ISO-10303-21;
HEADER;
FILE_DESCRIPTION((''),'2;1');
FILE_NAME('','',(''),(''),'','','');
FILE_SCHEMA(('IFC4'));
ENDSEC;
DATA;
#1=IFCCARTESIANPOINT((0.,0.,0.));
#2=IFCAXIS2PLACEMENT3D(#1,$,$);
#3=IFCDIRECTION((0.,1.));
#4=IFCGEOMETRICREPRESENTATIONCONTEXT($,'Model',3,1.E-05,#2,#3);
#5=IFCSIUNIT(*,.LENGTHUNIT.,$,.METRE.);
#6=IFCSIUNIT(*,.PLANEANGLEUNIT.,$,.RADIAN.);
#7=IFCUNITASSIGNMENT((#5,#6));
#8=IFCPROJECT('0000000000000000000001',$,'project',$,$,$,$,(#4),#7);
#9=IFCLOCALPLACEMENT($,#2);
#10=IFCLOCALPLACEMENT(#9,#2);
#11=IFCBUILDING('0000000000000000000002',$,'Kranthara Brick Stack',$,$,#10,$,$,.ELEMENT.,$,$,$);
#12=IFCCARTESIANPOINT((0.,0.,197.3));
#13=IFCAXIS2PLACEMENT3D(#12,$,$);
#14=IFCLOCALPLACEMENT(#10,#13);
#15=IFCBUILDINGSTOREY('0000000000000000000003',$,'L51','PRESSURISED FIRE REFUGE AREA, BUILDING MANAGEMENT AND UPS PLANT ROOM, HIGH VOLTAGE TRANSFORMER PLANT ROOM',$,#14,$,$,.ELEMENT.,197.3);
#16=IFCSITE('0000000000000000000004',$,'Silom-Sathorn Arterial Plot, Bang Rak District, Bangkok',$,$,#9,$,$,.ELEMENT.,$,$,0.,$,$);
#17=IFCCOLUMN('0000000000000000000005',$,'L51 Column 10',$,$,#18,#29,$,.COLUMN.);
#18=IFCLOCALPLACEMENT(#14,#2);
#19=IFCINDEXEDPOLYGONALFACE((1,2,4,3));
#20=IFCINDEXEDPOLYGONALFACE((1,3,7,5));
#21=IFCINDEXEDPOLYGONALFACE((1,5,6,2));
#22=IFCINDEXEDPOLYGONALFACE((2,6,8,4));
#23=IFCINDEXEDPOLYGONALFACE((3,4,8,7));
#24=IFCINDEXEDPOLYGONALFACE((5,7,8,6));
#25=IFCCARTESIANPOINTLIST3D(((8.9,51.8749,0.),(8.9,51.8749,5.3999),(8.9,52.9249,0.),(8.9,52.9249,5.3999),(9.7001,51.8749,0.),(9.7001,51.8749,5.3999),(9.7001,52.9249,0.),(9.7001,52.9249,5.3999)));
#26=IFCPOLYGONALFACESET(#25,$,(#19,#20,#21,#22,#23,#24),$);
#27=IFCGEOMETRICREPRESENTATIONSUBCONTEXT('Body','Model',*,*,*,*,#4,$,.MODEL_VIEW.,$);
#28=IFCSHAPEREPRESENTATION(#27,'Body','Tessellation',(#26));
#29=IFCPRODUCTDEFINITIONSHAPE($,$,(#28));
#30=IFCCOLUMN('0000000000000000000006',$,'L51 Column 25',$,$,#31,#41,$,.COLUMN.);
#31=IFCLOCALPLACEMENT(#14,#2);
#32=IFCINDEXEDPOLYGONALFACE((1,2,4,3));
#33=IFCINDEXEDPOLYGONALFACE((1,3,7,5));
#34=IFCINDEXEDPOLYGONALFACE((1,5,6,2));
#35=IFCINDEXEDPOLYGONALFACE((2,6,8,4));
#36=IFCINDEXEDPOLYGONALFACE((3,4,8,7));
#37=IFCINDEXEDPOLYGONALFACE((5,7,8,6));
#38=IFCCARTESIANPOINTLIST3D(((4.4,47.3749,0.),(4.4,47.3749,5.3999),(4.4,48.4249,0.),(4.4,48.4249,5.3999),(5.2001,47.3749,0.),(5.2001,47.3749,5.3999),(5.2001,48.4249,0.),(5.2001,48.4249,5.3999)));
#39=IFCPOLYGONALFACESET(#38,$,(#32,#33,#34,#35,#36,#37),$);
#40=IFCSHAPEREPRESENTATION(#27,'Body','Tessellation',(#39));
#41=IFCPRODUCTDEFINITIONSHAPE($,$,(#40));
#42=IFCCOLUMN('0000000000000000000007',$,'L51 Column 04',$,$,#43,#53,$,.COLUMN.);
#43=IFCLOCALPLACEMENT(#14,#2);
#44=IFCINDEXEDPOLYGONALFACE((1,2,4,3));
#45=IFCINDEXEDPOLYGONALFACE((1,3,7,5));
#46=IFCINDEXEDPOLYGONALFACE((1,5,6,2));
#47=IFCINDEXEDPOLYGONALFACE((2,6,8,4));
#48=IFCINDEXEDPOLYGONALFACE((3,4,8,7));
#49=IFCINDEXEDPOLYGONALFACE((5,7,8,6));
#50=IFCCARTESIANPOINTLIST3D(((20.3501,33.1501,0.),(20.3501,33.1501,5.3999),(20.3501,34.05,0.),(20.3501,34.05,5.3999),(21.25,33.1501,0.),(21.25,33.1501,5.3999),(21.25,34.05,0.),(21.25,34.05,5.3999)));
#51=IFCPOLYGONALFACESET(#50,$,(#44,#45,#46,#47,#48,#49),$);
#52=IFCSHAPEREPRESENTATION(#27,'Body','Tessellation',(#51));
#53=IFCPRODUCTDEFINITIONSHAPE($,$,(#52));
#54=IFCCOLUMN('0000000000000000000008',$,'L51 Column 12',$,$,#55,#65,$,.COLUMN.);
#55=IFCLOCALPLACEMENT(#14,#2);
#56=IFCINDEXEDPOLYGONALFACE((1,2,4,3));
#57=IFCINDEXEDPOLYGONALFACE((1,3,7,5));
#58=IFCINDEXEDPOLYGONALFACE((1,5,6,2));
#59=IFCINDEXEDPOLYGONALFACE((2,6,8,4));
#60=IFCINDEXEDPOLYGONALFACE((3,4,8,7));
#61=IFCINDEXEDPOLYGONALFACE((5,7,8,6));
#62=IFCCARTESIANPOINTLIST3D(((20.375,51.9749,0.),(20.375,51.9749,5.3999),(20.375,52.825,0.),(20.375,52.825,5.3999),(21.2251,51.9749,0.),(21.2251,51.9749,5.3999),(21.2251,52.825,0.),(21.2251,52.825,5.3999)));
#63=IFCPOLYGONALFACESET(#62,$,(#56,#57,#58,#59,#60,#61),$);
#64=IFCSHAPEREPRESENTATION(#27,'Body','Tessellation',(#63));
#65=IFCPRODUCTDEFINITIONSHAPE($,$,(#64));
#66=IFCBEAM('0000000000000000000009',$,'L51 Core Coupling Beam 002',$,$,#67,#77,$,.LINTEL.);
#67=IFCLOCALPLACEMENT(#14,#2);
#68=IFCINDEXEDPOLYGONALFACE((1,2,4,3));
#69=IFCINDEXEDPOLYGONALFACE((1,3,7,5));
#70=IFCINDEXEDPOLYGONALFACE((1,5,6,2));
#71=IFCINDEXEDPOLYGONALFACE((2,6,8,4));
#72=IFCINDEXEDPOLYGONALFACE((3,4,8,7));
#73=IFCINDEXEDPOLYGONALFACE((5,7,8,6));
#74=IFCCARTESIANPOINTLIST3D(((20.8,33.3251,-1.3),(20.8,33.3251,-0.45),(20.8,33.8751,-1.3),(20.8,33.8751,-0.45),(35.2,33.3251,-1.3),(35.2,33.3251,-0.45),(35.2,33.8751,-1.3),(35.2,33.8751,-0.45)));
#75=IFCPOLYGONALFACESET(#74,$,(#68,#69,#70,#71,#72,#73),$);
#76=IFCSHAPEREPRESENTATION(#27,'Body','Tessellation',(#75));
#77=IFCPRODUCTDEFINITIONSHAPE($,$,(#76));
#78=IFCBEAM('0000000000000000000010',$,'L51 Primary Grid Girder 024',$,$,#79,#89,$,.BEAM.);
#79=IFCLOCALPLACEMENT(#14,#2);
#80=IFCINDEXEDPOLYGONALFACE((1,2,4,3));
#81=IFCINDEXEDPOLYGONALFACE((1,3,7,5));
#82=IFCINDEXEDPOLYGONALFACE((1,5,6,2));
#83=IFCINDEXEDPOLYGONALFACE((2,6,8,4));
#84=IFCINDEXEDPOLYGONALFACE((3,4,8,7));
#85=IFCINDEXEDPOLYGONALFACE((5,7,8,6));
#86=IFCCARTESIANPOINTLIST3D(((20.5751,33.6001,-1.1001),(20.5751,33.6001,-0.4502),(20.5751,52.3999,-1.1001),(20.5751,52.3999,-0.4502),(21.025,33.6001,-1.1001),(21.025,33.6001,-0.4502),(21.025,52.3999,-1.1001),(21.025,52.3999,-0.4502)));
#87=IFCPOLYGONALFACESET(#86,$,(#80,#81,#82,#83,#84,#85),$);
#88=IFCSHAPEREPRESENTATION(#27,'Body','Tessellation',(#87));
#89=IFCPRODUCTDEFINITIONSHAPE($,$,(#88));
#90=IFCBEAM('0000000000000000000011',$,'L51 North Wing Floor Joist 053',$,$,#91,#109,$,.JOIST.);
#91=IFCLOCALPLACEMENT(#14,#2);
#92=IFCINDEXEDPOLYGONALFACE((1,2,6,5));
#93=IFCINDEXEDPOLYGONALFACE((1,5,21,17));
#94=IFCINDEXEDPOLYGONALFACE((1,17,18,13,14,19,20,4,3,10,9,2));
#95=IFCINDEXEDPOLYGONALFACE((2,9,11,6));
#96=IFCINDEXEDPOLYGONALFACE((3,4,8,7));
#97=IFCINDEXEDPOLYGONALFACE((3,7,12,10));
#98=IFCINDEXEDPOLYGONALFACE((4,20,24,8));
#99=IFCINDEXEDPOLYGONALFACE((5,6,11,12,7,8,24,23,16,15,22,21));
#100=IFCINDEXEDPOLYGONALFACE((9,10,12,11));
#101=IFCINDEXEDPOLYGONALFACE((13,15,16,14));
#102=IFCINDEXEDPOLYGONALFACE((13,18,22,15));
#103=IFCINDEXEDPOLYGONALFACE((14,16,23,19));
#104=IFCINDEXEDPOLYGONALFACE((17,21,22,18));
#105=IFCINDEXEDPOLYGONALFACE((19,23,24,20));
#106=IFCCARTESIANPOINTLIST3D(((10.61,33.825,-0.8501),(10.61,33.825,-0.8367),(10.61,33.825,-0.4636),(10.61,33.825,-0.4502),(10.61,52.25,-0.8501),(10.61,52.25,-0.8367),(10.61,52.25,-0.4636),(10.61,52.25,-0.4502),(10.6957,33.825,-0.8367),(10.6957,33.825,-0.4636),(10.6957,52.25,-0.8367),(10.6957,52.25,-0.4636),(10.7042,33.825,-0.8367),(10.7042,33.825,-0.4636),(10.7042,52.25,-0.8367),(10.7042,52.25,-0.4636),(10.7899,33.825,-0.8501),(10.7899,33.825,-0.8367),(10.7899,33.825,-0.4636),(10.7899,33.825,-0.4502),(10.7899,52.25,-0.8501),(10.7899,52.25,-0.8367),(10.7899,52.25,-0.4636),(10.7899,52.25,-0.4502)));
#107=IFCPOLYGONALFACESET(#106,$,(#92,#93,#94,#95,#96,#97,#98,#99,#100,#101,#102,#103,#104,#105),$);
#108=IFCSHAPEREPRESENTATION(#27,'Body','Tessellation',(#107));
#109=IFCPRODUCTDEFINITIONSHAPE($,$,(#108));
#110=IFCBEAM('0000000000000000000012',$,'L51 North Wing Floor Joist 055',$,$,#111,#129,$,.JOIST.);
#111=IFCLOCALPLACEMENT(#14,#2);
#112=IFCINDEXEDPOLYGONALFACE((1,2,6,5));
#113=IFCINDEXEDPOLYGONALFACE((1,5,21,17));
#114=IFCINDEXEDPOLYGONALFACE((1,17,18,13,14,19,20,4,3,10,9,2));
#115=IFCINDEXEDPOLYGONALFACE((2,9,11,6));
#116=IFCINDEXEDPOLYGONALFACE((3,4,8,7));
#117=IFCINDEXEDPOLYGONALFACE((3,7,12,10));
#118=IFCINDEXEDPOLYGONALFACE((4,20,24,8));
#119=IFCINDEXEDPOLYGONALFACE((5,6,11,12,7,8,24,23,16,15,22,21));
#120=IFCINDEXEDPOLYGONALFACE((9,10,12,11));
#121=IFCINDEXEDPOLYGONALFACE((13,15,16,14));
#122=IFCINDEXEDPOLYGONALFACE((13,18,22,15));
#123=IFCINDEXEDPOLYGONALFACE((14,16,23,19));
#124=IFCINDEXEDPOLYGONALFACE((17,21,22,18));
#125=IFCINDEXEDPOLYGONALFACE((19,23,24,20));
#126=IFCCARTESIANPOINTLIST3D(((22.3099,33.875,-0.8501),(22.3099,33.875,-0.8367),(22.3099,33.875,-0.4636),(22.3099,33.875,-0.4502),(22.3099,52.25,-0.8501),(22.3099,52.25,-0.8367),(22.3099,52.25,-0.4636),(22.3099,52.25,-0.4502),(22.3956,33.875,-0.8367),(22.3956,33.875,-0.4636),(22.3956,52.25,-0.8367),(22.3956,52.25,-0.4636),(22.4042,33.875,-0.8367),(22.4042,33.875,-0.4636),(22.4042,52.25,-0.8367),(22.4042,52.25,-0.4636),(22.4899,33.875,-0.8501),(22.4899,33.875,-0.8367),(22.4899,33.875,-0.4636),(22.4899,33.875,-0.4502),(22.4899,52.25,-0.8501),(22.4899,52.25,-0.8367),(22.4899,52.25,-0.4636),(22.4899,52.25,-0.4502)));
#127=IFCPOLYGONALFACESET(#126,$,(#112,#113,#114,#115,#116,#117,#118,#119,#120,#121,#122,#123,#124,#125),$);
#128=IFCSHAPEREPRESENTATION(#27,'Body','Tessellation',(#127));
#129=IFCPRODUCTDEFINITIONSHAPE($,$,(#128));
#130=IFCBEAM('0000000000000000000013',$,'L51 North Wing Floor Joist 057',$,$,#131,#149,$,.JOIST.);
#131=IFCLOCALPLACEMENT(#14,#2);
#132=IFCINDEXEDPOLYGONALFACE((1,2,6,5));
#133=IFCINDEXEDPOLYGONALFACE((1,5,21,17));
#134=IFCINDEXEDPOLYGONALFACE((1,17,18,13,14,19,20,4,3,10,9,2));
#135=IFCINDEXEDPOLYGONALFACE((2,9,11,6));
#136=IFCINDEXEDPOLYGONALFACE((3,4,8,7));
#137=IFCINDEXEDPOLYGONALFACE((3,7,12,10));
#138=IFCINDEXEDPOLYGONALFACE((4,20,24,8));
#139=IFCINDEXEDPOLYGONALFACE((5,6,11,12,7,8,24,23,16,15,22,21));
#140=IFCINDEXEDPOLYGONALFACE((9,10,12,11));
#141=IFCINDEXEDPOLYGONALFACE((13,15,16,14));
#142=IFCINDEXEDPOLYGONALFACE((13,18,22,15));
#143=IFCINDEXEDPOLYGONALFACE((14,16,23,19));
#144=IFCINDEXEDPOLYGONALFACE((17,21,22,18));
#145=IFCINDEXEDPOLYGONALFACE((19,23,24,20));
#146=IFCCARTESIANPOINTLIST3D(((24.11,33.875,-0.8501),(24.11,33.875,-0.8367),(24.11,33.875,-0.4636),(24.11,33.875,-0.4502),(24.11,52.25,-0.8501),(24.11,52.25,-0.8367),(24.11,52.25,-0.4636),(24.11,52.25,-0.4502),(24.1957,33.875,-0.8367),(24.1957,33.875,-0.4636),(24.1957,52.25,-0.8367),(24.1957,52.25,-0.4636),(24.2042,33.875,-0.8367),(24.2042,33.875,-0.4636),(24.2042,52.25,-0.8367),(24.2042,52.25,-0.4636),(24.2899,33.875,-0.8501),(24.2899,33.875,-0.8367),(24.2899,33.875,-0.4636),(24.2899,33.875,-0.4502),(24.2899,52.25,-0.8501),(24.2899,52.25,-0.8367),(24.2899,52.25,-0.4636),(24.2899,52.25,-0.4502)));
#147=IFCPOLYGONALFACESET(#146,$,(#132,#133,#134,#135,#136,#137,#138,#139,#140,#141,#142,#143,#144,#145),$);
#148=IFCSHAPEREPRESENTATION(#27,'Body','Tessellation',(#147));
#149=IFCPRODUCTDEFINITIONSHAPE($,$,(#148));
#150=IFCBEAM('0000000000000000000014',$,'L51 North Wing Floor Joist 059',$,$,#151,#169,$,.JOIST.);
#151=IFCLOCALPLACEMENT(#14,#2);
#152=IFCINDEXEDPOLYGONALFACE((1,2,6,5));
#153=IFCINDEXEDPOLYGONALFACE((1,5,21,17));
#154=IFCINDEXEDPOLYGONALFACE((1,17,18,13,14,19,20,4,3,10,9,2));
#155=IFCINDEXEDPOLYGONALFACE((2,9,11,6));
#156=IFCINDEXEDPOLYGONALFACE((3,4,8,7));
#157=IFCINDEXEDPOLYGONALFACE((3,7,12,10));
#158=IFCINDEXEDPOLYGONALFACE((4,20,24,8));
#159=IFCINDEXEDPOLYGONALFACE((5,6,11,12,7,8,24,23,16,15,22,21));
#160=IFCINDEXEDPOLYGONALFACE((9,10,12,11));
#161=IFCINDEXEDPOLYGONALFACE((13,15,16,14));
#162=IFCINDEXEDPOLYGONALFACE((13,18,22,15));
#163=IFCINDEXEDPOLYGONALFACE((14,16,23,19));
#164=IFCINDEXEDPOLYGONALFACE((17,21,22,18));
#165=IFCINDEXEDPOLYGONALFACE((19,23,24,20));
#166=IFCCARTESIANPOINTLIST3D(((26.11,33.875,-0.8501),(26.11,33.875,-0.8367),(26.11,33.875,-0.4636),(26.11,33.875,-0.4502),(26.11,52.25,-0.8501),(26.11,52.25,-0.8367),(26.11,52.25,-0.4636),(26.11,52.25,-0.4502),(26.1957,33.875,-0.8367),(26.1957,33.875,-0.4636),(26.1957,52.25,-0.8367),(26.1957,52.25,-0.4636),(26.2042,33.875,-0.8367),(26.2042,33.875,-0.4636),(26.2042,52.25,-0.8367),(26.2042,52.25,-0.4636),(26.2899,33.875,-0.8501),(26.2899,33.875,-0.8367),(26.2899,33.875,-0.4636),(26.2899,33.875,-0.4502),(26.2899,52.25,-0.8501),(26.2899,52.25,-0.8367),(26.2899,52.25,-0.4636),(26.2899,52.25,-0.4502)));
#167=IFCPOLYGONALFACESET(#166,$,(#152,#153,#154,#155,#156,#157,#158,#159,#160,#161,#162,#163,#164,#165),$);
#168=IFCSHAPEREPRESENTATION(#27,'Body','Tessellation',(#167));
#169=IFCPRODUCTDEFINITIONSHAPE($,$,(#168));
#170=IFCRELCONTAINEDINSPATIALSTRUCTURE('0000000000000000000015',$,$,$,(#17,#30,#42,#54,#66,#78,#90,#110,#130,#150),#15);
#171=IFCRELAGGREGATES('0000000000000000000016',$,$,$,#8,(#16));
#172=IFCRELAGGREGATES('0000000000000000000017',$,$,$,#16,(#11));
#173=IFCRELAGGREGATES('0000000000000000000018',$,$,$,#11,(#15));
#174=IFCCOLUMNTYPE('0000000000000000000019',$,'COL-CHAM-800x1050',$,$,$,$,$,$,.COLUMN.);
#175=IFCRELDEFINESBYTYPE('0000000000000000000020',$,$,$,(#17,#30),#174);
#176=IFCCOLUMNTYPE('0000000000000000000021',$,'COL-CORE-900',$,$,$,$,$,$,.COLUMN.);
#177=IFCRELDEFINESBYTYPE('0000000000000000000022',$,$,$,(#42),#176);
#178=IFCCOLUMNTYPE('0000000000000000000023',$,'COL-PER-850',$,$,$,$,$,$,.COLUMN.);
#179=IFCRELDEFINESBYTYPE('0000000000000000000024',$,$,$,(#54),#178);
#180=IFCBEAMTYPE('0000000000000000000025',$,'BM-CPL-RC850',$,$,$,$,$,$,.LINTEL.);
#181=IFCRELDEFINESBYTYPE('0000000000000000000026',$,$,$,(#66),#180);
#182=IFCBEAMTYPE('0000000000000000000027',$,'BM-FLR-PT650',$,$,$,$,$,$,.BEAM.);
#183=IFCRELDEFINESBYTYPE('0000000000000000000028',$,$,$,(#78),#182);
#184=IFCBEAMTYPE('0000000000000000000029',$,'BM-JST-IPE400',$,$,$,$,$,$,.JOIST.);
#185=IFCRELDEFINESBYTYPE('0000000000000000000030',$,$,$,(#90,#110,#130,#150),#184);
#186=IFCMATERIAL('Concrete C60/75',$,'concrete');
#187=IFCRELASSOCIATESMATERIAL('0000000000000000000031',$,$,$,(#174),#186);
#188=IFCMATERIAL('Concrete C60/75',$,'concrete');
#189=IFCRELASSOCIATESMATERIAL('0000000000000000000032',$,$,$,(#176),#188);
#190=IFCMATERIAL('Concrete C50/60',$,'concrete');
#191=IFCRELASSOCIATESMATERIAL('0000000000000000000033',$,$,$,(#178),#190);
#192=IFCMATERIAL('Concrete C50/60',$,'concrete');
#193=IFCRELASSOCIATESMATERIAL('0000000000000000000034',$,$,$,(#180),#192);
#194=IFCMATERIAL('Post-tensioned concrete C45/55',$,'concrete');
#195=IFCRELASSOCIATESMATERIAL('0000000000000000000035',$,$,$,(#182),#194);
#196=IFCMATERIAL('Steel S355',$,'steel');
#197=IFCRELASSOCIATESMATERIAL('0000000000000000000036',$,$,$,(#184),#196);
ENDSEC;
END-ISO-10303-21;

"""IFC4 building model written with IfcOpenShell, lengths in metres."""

from ifc_helpers import new_model, si_unit, direction, frame, origin, origin_2d, place, context, subcontext, project, spatial, rectangle, i_section, extrude, material, material_profile, profile_set, type_object, element, save


model = new_model("IFC4")

# Units and contexts
model_context = context("Model", 3, precision=1e-05, world=origin(), true_north=direction((0.0, 1.0)))
body_context = subcontext(model_context, "Body", "Model", "MODEL_VIEW")
ifc_project = project(units=[si_unit("LENGTHUNIT", "METRE"), si_unit("PLANEANGLEUNIT", "RADIAN")], contexts=[model_context])

# Site, building, storey
site_placement = place(None, origin())
site = spatial("IfcSite", under=ifc_project, at=site_placement, Name="Silom-Sathorn Arterial Plot, Bang Rak District, Bangkok", CompositionType="ELEMENT", RefElevation=0.0)
building_placement = place(site_placement, origin())
building = spatial("IfcBuilding", under=site, at=building_placement, Name="Kranthara Brick Stack", CompositionType="ELEMENT")
storey_placement = place(building_placement, frame((0.0, 0.0, 197.3)))
storey = spatial("IfcBuildingStorey", under=building, at=storey_placement, Name="L51", Description="PRESSURISED FIRE REFUGE AREA, BUILDING MANAGEMENT AND UPS PLANT ROOM, HIGH VOLTAGE TRANSFORMER PLANT ROOM", CompositionType="ELEMENT", Elevation=197.3)

# Columns
ifc_material_1 = material(Name="Concrete C60/75", Category="concrete")
ifc_material_profile_1 = material_profile(ifc_material_1, rectangle(XDim=0.8, YDim=1.05, at=origin_2d()), Name="RC 800x1050")
ifc_profile_set_1 = profile_set([ifc_material_profile_1], Name="Concrete C60/75")
column_type_1 = type_object("IfcColumnType", Name="COL-CHAM-800x1050", PredefinedType="COLUMN", material=ifc_profile_set_1)
for number, where, z_axis, x_axis, name in (
    (1, (9.3, 52.3999, 0.0), (0.0, 0.0, 1.0), (1.0, 0.0, 0.0), "L51 Column 10"),
    (2, (4.8, 47.8999, 0.0), (0.0, 0.0, 1.0), (1.0, 0.0, 0.0), "L51 Column 25"),
):
    element("IfcColumn", number, at=place(storey_placement, frame(where, z_axis=z_axis, x_axis=x_axis)), inside=storey, type_object=column_type_1, Name=name, PredefinedType="COLUMN", context=body_context, shape_type="SweptSolid", body=[
        extrude(rectangle(XDim=0.8, YDim=1.05, at=origin_2d()), origin(), (0.0, 0.0, 1.0), 5.3999),
    ])
ifc_material_2 = material(Name="Concrete C60/75", Category="concrete")
ifc_material_profile_2 = material_profile(ifc_material_2, rectangle(XDim=0.8999, YDim=0.8999, at=origin_2d()), Name="RC 900x900")
ifc_profile_set_2 = profile_set([ifc_material_profile_2], Name="Concrete C60/75")
column_type_2 = type_object("IfcColumnType", Name="COL-CORE-900", PredefinedType="COLUMN", material=ifc_profile_set_2)
column_1_placement = place(storey_placement, frame((20.8, 33.6001, 0.0), z_axis=(0.0, 0.0, 1.0), x_axis=(1.0, 0.0, 0.0)))
element("IfcColumn", 3, at=column_1_placement, inside=storey, type_object=column_type_2, Name="L51 Column 04", PredefinedType="COLUMN", context=body_context, shape_type="SweptSolid", body=[
    extrude(rectangle(XDim=0.8999, YDim=0.8999, at=origin_2d()), origin(), (0.0, 0.0, 1.0), 5.3999),
])
ifc_material_3 = material(Name="Concrete C50/60", Category="concrete")
ifc_material_profile_3 = material_profile(ifc_material_3, rectangle(XDim=0.8501, YDim=0.8501, at=origin_2d()), Name="RC 850x850")
ifc_profile_set_3 = profile_set([ifc_material_profile_3], Name="Concrete C50/60")
column_type_3 = type_object("IfcColumnType", Name="COL-PER-850", PredefinedType="COLUMN", material=ifc_profile_set_3)
column_2_placement = place(storey_placement, frame((20.8, 52.3999, 0.0), z_axis=(0.0, 0.0, 1.0), x_axis=(1.0, 0.0, 0.0)))
element("IfcColumn", 4, at=column_2_placement, inside=storey, type_object=column_type_3, Name="L51 Column 12", PredefinedType="COLUMN", context=body_context, shape_type="SweptSolid", body=[
    extrude(rectangle(XDim=0.8501, YDim=0.8501, at=origin_2d()), origin(), (0.0, 0.0, 1.0), 5.3999),
])

# Beams
ifc_material_4 = material(Name="Concrete C50/60", Category="concrete")
ifc_material_profile_4 = material_profile(ifc_material_4, rectangle(XDim=0.55, YDim=0.8501, at=origin_2d()), Name="RC 550x850")
ifc_profile_set_4 = profile_set([ifc_material_profile_4], Name="Concrete C50/60")
beam_type_1 = type_object("IfcBeamType", Name="BM-CPL-RC850", PredefinedType="LINTEL", material=ifc_profile_set_4)
beam_1_placement = place(storey_placement, frame((20.8, 33.6001, -0.875), z_axis=(1.0, 0.0, 0.0), x_axis=(0.0, 1.0, 0.0)))
element("IfcBeam", 5, at=beam_1_placement, inside=storey, type_object=beam_type_1, Name="L51 Core Coupling Beam 002", PredefinedType="LINTEL", context=body_context, shape_type="SweptSolid", body=[
    extrude(rectangle(XDim=0.55, YDim=0.8501, at=origin_2d()), origin(), (0.0, 0.0, 1.0), 14.3999),
])
ifc_material_5 = material(Name="Post-tensioned concrete C45/55", Category="concrete")
ifc_material_profile_5 = material_profile(ifc_material_5, rectangle(XDim=0.45, YDim=0.6499, at=origin_2d()), Name="PT 450x650")
ifc_profile_set_5 = profile_set([ifc_material_profile_5], Name="Post-tensioned concrete C45/55")
beam_type_2 = type_object("IfcBeamType", Name="BM-FLR-PT650", PredefinedType="BEAM", material=ifc_profile_set_5)
beam_2_placement = place(storey_placement, frame((20.8, 33.6001, -0.7751), z_axis=(0.0, 1.0, 0.0), x_axis=(-1.0, 0.0, 0.0)))
element("IfcBeam", 6, at=beam_2_placement, inside=storey, type_object=beam_type_2, Name="L51 Primary Grid Girder 024", PredefinedType="BEAM", context=body_context, shape_type="SweptSolid", body=[
    extrude(rectangle(XDim=0.45, YDim=0.6499, at=origin_2d()), origin(), (0.0, 0.0, 1.0), 18.7998),
])
ifc_material_6 = material(Name="Steel S355", Category="steel")
ifc_material_profile_6 = material_profile(ifc_material_6, i_section(OverallWidth=0.1799, OverallDepth=0.3999, WebThickness=0.0085, FlangeThickness=0.0134, at=origin_2d()), Name="IPE 400")
ifc_profile_set_6 = profile_set([ifc_material_profile_6], Name="Steel S355")
beam_type_3 = type_object("IfcBeamType", Name="BM-JST-IPE400", PredefinedType="JOIST", material=ifc_profile_set_6)
beam_3_placement = place(storey_placement, frame((10.7, 33.825, -0.6501), z_axis=(0.0, 1.0, 0.0), x_axis=(-1.0, 0.0, 0.0)))
element("IfcBeam", 7, at=beam_3_placement, inside=storey, type_object=beam_type_3, Name="L51 North Wing Floor Joist 053", PredefinedType="JOIST", context=body_context, shape_type="SweptSolid", body=[
    extrude(i_section(OverallWidth=0.1799, OverallDepth=0.3999, WebThickness=0.0085, FlangeThickness=0.0134, at=origin_2d()), origin(), (0.0, 0.0, 1.0), 18.425),
])
for number, where, z_axis, x_axis, name in (
    (8, (22.3999, 33.875, -0.6501), (0.0, 1.0, 0.0), (-1.0, 0.0, 0.0), "L51 North Wing Floor Joist 055"),
    (9, (24.2, 33.875, -0.6501), (0.0, 1.0, 0.0), (-1.0, 0.0, 0.0), "L51 North Wing Floor Joist 057"),
    (10, (26.2, 33.875, -0.6501), (0.0, 1.0, 0.0), (-1.0, 0.0, 0.0), "L51 North Wing Floor Joist 059"),
):
    element("IfcBeam", number, at=place(storey_placement, frame(where, z_axis=z_axis, x_axis=x_axis)), inside=storey, type_object=beam_type_3, Name=name, PredefinedType="JOIST", context=body_context, shape_type="SweptSolid", body=[
        extrude(i_section(OverallWidth=0.1799, OverallDepth=0.3999, WebThickness=0.0085, FlangeThickness=0.0134, at=origin_2d()), origin(), (0.0, 0.0, 1.0), 18.375),
    ])

save(model, "model.ifc")
